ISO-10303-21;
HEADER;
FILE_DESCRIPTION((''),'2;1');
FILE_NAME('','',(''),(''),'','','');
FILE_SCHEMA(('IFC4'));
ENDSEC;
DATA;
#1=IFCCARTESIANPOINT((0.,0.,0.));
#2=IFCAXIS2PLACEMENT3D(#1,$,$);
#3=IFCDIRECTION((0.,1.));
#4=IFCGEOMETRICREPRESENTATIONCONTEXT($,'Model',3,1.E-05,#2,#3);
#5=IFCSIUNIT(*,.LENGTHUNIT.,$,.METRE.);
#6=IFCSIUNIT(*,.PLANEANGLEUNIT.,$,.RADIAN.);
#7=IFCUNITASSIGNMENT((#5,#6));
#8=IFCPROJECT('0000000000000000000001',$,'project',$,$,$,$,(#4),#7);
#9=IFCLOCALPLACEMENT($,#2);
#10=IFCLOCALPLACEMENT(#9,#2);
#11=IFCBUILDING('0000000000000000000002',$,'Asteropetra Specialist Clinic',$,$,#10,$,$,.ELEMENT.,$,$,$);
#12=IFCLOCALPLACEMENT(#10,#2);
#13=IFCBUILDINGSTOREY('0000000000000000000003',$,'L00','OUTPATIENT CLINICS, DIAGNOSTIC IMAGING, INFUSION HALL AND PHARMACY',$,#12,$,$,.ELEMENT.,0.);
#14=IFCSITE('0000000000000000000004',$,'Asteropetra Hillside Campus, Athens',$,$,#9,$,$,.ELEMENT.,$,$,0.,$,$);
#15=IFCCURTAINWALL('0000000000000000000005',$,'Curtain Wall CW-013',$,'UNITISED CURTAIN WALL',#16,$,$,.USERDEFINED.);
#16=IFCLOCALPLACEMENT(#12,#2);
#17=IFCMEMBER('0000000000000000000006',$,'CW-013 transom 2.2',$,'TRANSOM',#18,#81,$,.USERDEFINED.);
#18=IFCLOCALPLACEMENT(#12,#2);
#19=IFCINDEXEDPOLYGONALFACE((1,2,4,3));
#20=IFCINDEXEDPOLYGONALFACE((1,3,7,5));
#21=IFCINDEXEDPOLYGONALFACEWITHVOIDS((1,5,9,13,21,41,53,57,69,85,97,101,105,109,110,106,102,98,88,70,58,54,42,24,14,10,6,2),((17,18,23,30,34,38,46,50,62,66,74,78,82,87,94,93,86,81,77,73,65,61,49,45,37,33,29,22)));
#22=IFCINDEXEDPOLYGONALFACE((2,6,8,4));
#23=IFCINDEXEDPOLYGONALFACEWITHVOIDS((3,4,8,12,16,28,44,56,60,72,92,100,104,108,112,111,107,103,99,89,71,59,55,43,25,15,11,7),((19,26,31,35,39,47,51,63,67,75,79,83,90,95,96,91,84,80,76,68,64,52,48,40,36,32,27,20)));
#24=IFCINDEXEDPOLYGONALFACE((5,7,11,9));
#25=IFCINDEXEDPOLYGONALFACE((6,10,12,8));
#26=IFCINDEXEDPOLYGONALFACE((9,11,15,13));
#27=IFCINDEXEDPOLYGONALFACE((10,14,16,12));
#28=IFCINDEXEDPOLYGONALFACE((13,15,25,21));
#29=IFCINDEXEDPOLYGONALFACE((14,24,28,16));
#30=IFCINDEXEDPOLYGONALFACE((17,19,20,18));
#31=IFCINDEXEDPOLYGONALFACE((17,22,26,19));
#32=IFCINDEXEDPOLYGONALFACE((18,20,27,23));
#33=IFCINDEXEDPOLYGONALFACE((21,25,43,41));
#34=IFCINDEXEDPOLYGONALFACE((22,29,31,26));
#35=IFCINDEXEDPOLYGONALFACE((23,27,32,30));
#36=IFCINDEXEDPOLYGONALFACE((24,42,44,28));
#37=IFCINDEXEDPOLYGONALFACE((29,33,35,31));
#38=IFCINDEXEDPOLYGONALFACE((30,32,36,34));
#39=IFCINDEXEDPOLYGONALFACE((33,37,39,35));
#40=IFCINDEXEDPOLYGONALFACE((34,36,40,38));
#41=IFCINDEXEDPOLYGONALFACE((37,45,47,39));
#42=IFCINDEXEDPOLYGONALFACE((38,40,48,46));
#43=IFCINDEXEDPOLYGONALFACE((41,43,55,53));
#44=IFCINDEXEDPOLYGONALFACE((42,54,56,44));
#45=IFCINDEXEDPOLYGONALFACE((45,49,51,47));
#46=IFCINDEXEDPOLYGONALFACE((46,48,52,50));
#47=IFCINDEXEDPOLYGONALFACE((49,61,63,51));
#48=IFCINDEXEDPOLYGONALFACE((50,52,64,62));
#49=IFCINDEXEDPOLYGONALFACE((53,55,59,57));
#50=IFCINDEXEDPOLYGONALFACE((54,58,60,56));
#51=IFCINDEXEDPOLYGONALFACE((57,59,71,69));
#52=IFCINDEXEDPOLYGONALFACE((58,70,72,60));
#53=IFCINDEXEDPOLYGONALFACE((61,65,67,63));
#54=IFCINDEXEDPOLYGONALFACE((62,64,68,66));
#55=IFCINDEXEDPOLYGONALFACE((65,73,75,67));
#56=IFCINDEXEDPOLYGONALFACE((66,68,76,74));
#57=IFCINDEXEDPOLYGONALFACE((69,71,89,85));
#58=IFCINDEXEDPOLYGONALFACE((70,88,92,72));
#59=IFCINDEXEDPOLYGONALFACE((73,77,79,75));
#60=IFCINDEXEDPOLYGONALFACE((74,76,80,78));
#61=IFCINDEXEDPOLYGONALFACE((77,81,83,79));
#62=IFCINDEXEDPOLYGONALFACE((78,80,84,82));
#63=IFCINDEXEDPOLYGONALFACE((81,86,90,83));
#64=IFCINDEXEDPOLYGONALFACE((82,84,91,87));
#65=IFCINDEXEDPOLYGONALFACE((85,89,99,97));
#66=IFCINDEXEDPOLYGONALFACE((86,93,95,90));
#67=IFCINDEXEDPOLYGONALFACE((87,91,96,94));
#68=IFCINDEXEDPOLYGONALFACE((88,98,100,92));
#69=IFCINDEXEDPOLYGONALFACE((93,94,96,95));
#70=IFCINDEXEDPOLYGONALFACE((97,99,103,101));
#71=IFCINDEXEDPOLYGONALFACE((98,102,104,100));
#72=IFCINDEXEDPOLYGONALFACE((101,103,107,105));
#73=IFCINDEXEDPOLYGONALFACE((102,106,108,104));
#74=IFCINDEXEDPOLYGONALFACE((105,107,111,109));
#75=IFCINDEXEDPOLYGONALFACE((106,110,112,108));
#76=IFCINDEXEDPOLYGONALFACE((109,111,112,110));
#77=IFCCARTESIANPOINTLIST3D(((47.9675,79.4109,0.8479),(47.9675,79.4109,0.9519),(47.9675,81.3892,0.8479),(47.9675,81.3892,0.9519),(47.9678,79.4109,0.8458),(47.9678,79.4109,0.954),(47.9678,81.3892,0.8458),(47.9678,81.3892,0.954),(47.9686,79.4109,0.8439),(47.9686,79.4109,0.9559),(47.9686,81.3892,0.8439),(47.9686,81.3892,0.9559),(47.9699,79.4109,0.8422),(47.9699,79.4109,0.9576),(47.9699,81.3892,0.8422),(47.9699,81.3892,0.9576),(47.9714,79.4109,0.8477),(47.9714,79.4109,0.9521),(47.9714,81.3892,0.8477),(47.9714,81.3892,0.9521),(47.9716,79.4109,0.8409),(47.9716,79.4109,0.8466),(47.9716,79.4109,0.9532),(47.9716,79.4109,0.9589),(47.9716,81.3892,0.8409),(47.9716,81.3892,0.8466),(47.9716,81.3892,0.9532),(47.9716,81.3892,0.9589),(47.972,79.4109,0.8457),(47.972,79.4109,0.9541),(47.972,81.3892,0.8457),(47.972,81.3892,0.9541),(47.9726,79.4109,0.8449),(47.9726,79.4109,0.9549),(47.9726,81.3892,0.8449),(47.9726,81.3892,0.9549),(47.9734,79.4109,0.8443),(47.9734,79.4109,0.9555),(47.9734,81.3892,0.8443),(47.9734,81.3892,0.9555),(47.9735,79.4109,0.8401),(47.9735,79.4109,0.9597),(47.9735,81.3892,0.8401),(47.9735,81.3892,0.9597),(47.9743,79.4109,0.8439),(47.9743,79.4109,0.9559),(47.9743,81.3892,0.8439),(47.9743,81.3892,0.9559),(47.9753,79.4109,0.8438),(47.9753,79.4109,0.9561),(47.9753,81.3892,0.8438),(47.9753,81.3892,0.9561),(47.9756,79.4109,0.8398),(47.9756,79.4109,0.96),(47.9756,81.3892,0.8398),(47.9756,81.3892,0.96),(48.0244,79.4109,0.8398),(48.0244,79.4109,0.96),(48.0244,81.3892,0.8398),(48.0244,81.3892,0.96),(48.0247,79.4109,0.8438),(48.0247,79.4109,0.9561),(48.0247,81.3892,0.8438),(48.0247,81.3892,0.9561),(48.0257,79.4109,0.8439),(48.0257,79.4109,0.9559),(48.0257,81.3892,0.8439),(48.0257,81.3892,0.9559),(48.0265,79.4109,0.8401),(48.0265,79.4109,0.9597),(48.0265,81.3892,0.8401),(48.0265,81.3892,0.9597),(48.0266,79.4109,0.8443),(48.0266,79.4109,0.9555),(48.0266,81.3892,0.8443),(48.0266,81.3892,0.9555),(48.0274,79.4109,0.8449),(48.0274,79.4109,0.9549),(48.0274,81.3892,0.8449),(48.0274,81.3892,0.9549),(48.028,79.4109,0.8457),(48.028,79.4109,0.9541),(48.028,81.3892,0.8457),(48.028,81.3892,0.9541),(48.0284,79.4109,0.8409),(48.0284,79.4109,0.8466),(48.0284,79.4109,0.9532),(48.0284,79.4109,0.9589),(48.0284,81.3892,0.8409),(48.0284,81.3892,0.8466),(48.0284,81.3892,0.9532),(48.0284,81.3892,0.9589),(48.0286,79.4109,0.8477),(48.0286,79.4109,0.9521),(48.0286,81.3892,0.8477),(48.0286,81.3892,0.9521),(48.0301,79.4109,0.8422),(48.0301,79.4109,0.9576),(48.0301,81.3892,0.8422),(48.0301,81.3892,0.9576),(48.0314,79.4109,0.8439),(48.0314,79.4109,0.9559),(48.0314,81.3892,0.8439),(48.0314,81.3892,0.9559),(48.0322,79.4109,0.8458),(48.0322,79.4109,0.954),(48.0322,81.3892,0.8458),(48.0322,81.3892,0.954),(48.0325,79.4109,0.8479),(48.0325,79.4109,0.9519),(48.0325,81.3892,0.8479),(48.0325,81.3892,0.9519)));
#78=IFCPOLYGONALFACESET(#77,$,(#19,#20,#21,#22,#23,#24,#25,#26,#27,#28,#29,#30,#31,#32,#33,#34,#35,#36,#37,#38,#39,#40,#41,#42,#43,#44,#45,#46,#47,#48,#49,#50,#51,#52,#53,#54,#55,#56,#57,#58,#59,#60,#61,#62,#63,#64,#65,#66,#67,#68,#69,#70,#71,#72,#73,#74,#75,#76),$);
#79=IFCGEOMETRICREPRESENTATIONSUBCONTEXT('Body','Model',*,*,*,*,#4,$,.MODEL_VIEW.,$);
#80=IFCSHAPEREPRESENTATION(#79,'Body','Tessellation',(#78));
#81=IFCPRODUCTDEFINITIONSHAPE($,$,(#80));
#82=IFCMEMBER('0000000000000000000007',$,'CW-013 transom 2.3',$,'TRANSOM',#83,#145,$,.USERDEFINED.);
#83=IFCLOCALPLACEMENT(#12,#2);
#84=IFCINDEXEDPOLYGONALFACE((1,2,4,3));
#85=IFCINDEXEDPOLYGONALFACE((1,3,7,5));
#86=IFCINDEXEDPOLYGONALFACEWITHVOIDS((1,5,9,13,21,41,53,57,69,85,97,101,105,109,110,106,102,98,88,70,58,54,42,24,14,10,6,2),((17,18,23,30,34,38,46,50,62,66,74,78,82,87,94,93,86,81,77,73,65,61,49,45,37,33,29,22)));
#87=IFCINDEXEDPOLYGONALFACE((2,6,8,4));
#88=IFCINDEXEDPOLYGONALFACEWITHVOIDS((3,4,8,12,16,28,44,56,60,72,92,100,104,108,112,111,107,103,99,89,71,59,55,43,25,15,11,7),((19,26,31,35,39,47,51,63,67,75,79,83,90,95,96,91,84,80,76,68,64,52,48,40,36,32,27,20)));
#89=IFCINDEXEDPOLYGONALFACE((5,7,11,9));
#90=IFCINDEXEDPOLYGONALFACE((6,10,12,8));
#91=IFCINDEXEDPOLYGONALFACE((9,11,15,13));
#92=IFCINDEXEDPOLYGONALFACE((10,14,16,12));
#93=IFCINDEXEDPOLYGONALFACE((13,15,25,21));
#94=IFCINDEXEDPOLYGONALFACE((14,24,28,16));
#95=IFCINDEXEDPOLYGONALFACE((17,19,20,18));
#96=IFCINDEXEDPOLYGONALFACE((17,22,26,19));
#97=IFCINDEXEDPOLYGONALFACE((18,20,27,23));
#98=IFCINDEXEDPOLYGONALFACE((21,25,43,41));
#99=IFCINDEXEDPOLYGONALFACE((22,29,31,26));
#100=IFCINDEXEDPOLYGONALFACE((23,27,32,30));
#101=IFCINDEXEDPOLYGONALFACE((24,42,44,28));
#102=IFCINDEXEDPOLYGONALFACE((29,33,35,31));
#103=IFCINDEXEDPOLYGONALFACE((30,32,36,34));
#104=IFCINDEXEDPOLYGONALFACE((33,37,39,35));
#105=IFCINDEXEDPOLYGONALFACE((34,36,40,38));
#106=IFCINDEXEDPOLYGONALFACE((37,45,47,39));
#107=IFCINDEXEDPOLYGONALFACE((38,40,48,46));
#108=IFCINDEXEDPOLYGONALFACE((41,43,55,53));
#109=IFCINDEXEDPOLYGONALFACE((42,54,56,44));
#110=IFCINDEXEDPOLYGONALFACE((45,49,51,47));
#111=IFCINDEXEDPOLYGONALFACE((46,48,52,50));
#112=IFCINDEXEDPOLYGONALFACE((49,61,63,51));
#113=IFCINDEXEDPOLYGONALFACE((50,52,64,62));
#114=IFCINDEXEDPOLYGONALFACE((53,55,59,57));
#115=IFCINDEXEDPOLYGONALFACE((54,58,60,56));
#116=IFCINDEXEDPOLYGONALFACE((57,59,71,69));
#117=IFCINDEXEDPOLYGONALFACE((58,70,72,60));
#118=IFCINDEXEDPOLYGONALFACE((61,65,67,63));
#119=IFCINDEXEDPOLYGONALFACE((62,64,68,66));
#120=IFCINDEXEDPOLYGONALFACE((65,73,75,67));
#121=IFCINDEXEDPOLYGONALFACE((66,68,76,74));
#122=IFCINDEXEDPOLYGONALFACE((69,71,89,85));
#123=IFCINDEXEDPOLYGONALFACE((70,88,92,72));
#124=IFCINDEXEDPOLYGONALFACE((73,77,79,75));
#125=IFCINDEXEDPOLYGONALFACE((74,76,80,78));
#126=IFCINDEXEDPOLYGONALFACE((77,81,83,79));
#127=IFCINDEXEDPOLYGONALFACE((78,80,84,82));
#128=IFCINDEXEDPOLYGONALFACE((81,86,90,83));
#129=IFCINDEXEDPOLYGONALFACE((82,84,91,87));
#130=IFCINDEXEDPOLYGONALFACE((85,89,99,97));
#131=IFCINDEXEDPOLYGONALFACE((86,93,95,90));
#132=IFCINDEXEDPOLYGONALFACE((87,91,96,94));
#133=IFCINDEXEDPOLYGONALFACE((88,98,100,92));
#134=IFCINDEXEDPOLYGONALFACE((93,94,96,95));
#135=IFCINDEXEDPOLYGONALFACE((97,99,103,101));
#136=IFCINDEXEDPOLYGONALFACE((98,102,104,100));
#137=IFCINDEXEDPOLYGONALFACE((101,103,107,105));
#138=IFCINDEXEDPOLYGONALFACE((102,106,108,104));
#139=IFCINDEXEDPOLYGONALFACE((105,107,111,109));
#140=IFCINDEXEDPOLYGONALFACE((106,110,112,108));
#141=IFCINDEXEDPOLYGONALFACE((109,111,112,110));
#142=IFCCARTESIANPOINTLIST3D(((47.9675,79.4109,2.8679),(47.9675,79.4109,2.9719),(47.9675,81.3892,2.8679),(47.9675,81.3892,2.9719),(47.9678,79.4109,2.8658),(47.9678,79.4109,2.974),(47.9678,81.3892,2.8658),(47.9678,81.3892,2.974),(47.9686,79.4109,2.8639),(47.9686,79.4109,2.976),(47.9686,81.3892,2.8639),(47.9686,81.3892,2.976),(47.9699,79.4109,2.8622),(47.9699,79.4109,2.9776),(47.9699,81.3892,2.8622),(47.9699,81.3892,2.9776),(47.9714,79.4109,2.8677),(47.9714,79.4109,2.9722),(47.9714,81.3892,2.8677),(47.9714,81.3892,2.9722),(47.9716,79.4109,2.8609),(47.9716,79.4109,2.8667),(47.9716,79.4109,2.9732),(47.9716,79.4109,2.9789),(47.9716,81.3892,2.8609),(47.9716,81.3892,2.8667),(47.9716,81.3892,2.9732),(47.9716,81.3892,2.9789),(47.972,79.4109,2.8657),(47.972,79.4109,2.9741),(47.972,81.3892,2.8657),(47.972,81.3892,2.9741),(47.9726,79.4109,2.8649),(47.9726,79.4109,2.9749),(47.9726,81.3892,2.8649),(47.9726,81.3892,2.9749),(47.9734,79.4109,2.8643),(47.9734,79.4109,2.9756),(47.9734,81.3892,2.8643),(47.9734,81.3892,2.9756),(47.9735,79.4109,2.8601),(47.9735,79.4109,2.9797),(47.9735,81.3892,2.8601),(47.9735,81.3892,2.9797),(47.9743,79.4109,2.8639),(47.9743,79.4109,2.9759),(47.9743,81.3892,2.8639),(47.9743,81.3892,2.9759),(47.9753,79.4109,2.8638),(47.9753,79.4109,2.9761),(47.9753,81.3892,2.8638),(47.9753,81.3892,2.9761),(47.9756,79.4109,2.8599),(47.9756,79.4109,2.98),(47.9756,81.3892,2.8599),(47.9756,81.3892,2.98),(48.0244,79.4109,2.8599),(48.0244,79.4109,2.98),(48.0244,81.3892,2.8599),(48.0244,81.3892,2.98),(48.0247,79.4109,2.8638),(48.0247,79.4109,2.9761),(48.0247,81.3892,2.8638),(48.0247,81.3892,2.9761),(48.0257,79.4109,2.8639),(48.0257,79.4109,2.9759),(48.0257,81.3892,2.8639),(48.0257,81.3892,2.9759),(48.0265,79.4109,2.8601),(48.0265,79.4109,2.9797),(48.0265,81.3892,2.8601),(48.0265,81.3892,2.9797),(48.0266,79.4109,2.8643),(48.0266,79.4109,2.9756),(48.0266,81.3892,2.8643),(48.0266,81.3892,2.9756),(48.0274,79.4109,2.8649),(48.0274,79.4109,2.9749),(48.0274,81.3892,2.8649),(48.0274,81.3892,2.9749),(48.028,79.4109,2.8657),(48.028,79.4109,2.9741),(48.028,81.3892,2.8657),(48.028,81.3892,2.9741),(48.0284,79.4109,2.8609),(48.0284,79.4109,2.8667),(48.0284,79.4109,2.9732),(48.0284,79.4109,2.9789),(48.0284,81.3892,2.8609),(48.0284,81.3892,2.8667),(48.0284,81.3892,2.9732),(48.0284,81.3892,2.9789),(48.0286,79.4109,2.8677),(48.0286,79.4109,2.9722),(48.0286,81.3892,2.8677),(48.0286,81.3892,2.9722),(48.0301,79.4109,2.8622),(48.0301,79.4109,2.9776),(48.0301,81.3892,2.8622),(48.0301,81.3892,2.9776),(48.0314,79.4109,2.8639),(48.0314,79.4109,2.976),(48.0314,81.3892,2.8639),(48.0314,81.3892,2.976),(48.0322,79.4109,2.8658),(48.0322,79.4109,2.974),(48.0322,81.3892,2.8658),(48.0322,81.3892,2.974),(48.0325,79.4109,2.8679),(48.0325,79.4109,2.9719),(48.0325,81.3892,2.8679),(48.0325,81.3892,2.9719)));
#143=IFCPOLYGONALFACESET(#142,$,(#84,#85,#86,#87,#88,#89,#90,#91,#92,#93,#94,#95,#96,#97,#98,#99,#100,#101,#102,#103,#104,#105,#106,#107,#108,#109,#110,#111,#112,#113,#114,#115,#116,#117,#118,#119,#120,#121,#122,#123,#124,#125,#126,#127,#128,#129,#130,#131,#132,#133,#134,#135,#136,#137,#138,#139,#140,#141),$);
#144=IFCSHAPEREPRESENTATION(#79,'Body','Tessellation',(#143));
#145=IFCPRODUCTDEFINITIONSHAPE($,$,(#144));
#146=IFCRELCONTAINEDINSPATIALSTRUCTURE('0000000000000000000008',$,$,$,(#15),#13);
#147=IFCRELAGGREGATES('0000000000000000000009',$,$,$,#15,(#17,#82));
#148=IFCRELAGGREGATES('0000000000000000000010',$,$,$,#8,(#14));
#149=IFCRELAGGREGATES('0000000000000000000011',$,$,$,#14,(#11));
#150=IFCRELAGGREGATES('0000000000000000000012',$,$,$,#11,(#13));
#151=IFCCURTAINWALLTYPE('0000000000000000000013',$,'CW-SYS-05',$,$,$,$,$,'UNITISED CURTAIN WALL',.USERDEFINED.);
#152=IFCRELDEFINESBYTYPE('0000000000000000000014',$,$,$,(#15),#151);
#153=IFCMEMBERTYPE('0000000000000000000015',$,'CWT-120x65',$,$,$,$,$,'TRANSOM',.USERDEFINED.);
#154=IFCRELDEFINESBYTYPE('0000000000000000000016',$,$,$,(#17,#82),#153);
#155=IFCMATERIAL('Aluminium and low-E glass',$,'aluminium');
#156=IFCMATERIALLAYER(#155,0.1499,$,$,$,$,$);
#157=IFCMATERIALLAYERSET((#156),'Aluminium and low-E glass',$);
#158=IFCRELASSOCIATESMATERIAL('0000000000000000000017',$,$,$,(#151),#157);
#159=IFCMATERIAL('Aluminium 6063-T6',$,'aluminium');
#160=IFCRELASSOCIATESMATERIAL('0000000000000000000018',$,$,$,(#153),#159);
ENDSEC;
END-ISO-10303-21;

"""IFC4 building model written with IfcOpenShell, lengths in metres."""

from ifc_helpers import new_model, si_unit, direction, frame, origin, origin_2d, place, context, subcontext, project, spatial, hollow_rectangle, extrude, material, layer, layer_set, material_profile, profile_set, type_object, element, aggregate, save


model = new_model("IFC4")

# Units and contexts
model_context = context("Model", 3, precision=1e-05, world=origin(), true_north=direction((0.0, 1.0)))
body_context = subcontext(model_context, "Body", "Model", "MODEL_VIEW")
ifc_project = project(units=[si_unit("LENGTHUNIT", "METRE"), si_unit("PLANEANGLEUNIT", "RADIAN")], contexts=[model_context])

# Site, building, storey
site_placement = place(None, origin())
site = spatial("IfcSite", under=ifc_project, at=site_placement, Name="Asteropetra Hillside Campus, Athens", CompositionType="ELEMENT", RefElevation=0.0)
building_placement = place(site_placement, origin())
building = spatial("IfcBuilding", under=site, at=building_placement, Name="Asteropetra Specialist Clinic", CompositionType="ELEMENT")
storey_placement = place(building_placement, origin())
storey = spatial("IfcBuildingStorey", under=building, at=storey_placement, Name="L00", Description="OUTPATIENT CLINICS, DIAGNOSTIC IMAGING, INFUSION HALL AND PHARMACY", CompositionType="ELEMENT", Elevation=0.0)

# Curtain wall, members
ifc_material_1 = material(Name="Aluminium and low-E glass", Category="aluminium")
ifc_layer_1 = layer(ifc_material_1, 0.1499)
ifc_layer_set_1 = layer_set([ifc_layer_1], Name="Aluminium and low-E glass")
curtain_wall_type = type_object("IfcCurtainWallType", Name="CW-SYS-05", ElementType="UNITISED CURTAIN WALL", PredefinedType="USERDEFINED", material=ifc_layer_set_1)
curtain_wall_placement = place(storey_placement, origin())
curtain_wall = element("IfcCurtainWall", 1, at=curtain_wall_placement, inside=storey, type_object=curtain_wall_type, Name="Curtain Wall CW-013", ObjectType="UNITISED CURTAIN WALL", PredefinedType="USERDEFINED")
ifc_material_2 = material(Name="Aluminium 6063-T6", Category="aluminium")
ifc_material_profile_1 = material_profile(ifc_material_2, hollow_rectangle(XDim=0.0649, YDim=0.1201, WallThickness=0.0039, InnerFilletRadius=0.0039, OuterFilletRadius=0.0081, at=origin_2d()), Name="TRN 120x65x4.0")
ifc_profile_set_1 = profile_set([ifc_material_profile_1], Name="Aluminium 6063-T6")
member_type_1 = type_object("IfcMemberType", Name="CWT-120x65", ElementType="TRANSOM", PredefinedType="USERDEFINED", material=ifc_profile_set_1)
member_1_placement = place(storey_placement, frame((48.0, 81.3892, 0.8999), z_axis=(0.0, -1.0, 0.0), x_axis=(1.0, 0.0, 0.0)))
member_1 = element("IfcMember", 2, at=member_1_placement, type_object=member_type_1, Name="CW-013 transom 2.2", ObjectType="TRANSOM", PredefinedType="USERDEFINED", context=body_context, shape_type="SweptSolid", body=[
    extrude(hollow_rectangle(XDim=0.0649, YDim=0.1201, WallThickness=0.0039, InnerFilletRadius=0.0039, OuterFilletRadius=0.0081, at=origin_2d()), origin(), (0.0, 0.0, 1.0), 1.9783),
])
member_2_placement = place(storey_placement, frame((48.0, 81.3892, 2.9199), z_axis=(0.0, -1.0, 0.0), x_axis=(1.0, 0.0, 0.0)))
member_2 = element("IfcMember", 3, at=member_2_placement, type_object=member_type_1, Name="CW-013 transom 2.3", ObjectType="TRANSOM", PredefinedType="USERDEFINED", context=body_context, shape_type="SweptSolid", body=[
    extrude(hollow_rectangle(XDim=0.0649, YDim=0.1201, WallThickness=0.0039, InnerFilletRadius=0.0039, OuterFilletRadius=0.0081, at=origin_2d()), origin(), (0.0, 0.0, 1.0), 1.9783),
])
aggregate(curtain_wall, [member_1, member_2])

save(model, "model.ifc")
